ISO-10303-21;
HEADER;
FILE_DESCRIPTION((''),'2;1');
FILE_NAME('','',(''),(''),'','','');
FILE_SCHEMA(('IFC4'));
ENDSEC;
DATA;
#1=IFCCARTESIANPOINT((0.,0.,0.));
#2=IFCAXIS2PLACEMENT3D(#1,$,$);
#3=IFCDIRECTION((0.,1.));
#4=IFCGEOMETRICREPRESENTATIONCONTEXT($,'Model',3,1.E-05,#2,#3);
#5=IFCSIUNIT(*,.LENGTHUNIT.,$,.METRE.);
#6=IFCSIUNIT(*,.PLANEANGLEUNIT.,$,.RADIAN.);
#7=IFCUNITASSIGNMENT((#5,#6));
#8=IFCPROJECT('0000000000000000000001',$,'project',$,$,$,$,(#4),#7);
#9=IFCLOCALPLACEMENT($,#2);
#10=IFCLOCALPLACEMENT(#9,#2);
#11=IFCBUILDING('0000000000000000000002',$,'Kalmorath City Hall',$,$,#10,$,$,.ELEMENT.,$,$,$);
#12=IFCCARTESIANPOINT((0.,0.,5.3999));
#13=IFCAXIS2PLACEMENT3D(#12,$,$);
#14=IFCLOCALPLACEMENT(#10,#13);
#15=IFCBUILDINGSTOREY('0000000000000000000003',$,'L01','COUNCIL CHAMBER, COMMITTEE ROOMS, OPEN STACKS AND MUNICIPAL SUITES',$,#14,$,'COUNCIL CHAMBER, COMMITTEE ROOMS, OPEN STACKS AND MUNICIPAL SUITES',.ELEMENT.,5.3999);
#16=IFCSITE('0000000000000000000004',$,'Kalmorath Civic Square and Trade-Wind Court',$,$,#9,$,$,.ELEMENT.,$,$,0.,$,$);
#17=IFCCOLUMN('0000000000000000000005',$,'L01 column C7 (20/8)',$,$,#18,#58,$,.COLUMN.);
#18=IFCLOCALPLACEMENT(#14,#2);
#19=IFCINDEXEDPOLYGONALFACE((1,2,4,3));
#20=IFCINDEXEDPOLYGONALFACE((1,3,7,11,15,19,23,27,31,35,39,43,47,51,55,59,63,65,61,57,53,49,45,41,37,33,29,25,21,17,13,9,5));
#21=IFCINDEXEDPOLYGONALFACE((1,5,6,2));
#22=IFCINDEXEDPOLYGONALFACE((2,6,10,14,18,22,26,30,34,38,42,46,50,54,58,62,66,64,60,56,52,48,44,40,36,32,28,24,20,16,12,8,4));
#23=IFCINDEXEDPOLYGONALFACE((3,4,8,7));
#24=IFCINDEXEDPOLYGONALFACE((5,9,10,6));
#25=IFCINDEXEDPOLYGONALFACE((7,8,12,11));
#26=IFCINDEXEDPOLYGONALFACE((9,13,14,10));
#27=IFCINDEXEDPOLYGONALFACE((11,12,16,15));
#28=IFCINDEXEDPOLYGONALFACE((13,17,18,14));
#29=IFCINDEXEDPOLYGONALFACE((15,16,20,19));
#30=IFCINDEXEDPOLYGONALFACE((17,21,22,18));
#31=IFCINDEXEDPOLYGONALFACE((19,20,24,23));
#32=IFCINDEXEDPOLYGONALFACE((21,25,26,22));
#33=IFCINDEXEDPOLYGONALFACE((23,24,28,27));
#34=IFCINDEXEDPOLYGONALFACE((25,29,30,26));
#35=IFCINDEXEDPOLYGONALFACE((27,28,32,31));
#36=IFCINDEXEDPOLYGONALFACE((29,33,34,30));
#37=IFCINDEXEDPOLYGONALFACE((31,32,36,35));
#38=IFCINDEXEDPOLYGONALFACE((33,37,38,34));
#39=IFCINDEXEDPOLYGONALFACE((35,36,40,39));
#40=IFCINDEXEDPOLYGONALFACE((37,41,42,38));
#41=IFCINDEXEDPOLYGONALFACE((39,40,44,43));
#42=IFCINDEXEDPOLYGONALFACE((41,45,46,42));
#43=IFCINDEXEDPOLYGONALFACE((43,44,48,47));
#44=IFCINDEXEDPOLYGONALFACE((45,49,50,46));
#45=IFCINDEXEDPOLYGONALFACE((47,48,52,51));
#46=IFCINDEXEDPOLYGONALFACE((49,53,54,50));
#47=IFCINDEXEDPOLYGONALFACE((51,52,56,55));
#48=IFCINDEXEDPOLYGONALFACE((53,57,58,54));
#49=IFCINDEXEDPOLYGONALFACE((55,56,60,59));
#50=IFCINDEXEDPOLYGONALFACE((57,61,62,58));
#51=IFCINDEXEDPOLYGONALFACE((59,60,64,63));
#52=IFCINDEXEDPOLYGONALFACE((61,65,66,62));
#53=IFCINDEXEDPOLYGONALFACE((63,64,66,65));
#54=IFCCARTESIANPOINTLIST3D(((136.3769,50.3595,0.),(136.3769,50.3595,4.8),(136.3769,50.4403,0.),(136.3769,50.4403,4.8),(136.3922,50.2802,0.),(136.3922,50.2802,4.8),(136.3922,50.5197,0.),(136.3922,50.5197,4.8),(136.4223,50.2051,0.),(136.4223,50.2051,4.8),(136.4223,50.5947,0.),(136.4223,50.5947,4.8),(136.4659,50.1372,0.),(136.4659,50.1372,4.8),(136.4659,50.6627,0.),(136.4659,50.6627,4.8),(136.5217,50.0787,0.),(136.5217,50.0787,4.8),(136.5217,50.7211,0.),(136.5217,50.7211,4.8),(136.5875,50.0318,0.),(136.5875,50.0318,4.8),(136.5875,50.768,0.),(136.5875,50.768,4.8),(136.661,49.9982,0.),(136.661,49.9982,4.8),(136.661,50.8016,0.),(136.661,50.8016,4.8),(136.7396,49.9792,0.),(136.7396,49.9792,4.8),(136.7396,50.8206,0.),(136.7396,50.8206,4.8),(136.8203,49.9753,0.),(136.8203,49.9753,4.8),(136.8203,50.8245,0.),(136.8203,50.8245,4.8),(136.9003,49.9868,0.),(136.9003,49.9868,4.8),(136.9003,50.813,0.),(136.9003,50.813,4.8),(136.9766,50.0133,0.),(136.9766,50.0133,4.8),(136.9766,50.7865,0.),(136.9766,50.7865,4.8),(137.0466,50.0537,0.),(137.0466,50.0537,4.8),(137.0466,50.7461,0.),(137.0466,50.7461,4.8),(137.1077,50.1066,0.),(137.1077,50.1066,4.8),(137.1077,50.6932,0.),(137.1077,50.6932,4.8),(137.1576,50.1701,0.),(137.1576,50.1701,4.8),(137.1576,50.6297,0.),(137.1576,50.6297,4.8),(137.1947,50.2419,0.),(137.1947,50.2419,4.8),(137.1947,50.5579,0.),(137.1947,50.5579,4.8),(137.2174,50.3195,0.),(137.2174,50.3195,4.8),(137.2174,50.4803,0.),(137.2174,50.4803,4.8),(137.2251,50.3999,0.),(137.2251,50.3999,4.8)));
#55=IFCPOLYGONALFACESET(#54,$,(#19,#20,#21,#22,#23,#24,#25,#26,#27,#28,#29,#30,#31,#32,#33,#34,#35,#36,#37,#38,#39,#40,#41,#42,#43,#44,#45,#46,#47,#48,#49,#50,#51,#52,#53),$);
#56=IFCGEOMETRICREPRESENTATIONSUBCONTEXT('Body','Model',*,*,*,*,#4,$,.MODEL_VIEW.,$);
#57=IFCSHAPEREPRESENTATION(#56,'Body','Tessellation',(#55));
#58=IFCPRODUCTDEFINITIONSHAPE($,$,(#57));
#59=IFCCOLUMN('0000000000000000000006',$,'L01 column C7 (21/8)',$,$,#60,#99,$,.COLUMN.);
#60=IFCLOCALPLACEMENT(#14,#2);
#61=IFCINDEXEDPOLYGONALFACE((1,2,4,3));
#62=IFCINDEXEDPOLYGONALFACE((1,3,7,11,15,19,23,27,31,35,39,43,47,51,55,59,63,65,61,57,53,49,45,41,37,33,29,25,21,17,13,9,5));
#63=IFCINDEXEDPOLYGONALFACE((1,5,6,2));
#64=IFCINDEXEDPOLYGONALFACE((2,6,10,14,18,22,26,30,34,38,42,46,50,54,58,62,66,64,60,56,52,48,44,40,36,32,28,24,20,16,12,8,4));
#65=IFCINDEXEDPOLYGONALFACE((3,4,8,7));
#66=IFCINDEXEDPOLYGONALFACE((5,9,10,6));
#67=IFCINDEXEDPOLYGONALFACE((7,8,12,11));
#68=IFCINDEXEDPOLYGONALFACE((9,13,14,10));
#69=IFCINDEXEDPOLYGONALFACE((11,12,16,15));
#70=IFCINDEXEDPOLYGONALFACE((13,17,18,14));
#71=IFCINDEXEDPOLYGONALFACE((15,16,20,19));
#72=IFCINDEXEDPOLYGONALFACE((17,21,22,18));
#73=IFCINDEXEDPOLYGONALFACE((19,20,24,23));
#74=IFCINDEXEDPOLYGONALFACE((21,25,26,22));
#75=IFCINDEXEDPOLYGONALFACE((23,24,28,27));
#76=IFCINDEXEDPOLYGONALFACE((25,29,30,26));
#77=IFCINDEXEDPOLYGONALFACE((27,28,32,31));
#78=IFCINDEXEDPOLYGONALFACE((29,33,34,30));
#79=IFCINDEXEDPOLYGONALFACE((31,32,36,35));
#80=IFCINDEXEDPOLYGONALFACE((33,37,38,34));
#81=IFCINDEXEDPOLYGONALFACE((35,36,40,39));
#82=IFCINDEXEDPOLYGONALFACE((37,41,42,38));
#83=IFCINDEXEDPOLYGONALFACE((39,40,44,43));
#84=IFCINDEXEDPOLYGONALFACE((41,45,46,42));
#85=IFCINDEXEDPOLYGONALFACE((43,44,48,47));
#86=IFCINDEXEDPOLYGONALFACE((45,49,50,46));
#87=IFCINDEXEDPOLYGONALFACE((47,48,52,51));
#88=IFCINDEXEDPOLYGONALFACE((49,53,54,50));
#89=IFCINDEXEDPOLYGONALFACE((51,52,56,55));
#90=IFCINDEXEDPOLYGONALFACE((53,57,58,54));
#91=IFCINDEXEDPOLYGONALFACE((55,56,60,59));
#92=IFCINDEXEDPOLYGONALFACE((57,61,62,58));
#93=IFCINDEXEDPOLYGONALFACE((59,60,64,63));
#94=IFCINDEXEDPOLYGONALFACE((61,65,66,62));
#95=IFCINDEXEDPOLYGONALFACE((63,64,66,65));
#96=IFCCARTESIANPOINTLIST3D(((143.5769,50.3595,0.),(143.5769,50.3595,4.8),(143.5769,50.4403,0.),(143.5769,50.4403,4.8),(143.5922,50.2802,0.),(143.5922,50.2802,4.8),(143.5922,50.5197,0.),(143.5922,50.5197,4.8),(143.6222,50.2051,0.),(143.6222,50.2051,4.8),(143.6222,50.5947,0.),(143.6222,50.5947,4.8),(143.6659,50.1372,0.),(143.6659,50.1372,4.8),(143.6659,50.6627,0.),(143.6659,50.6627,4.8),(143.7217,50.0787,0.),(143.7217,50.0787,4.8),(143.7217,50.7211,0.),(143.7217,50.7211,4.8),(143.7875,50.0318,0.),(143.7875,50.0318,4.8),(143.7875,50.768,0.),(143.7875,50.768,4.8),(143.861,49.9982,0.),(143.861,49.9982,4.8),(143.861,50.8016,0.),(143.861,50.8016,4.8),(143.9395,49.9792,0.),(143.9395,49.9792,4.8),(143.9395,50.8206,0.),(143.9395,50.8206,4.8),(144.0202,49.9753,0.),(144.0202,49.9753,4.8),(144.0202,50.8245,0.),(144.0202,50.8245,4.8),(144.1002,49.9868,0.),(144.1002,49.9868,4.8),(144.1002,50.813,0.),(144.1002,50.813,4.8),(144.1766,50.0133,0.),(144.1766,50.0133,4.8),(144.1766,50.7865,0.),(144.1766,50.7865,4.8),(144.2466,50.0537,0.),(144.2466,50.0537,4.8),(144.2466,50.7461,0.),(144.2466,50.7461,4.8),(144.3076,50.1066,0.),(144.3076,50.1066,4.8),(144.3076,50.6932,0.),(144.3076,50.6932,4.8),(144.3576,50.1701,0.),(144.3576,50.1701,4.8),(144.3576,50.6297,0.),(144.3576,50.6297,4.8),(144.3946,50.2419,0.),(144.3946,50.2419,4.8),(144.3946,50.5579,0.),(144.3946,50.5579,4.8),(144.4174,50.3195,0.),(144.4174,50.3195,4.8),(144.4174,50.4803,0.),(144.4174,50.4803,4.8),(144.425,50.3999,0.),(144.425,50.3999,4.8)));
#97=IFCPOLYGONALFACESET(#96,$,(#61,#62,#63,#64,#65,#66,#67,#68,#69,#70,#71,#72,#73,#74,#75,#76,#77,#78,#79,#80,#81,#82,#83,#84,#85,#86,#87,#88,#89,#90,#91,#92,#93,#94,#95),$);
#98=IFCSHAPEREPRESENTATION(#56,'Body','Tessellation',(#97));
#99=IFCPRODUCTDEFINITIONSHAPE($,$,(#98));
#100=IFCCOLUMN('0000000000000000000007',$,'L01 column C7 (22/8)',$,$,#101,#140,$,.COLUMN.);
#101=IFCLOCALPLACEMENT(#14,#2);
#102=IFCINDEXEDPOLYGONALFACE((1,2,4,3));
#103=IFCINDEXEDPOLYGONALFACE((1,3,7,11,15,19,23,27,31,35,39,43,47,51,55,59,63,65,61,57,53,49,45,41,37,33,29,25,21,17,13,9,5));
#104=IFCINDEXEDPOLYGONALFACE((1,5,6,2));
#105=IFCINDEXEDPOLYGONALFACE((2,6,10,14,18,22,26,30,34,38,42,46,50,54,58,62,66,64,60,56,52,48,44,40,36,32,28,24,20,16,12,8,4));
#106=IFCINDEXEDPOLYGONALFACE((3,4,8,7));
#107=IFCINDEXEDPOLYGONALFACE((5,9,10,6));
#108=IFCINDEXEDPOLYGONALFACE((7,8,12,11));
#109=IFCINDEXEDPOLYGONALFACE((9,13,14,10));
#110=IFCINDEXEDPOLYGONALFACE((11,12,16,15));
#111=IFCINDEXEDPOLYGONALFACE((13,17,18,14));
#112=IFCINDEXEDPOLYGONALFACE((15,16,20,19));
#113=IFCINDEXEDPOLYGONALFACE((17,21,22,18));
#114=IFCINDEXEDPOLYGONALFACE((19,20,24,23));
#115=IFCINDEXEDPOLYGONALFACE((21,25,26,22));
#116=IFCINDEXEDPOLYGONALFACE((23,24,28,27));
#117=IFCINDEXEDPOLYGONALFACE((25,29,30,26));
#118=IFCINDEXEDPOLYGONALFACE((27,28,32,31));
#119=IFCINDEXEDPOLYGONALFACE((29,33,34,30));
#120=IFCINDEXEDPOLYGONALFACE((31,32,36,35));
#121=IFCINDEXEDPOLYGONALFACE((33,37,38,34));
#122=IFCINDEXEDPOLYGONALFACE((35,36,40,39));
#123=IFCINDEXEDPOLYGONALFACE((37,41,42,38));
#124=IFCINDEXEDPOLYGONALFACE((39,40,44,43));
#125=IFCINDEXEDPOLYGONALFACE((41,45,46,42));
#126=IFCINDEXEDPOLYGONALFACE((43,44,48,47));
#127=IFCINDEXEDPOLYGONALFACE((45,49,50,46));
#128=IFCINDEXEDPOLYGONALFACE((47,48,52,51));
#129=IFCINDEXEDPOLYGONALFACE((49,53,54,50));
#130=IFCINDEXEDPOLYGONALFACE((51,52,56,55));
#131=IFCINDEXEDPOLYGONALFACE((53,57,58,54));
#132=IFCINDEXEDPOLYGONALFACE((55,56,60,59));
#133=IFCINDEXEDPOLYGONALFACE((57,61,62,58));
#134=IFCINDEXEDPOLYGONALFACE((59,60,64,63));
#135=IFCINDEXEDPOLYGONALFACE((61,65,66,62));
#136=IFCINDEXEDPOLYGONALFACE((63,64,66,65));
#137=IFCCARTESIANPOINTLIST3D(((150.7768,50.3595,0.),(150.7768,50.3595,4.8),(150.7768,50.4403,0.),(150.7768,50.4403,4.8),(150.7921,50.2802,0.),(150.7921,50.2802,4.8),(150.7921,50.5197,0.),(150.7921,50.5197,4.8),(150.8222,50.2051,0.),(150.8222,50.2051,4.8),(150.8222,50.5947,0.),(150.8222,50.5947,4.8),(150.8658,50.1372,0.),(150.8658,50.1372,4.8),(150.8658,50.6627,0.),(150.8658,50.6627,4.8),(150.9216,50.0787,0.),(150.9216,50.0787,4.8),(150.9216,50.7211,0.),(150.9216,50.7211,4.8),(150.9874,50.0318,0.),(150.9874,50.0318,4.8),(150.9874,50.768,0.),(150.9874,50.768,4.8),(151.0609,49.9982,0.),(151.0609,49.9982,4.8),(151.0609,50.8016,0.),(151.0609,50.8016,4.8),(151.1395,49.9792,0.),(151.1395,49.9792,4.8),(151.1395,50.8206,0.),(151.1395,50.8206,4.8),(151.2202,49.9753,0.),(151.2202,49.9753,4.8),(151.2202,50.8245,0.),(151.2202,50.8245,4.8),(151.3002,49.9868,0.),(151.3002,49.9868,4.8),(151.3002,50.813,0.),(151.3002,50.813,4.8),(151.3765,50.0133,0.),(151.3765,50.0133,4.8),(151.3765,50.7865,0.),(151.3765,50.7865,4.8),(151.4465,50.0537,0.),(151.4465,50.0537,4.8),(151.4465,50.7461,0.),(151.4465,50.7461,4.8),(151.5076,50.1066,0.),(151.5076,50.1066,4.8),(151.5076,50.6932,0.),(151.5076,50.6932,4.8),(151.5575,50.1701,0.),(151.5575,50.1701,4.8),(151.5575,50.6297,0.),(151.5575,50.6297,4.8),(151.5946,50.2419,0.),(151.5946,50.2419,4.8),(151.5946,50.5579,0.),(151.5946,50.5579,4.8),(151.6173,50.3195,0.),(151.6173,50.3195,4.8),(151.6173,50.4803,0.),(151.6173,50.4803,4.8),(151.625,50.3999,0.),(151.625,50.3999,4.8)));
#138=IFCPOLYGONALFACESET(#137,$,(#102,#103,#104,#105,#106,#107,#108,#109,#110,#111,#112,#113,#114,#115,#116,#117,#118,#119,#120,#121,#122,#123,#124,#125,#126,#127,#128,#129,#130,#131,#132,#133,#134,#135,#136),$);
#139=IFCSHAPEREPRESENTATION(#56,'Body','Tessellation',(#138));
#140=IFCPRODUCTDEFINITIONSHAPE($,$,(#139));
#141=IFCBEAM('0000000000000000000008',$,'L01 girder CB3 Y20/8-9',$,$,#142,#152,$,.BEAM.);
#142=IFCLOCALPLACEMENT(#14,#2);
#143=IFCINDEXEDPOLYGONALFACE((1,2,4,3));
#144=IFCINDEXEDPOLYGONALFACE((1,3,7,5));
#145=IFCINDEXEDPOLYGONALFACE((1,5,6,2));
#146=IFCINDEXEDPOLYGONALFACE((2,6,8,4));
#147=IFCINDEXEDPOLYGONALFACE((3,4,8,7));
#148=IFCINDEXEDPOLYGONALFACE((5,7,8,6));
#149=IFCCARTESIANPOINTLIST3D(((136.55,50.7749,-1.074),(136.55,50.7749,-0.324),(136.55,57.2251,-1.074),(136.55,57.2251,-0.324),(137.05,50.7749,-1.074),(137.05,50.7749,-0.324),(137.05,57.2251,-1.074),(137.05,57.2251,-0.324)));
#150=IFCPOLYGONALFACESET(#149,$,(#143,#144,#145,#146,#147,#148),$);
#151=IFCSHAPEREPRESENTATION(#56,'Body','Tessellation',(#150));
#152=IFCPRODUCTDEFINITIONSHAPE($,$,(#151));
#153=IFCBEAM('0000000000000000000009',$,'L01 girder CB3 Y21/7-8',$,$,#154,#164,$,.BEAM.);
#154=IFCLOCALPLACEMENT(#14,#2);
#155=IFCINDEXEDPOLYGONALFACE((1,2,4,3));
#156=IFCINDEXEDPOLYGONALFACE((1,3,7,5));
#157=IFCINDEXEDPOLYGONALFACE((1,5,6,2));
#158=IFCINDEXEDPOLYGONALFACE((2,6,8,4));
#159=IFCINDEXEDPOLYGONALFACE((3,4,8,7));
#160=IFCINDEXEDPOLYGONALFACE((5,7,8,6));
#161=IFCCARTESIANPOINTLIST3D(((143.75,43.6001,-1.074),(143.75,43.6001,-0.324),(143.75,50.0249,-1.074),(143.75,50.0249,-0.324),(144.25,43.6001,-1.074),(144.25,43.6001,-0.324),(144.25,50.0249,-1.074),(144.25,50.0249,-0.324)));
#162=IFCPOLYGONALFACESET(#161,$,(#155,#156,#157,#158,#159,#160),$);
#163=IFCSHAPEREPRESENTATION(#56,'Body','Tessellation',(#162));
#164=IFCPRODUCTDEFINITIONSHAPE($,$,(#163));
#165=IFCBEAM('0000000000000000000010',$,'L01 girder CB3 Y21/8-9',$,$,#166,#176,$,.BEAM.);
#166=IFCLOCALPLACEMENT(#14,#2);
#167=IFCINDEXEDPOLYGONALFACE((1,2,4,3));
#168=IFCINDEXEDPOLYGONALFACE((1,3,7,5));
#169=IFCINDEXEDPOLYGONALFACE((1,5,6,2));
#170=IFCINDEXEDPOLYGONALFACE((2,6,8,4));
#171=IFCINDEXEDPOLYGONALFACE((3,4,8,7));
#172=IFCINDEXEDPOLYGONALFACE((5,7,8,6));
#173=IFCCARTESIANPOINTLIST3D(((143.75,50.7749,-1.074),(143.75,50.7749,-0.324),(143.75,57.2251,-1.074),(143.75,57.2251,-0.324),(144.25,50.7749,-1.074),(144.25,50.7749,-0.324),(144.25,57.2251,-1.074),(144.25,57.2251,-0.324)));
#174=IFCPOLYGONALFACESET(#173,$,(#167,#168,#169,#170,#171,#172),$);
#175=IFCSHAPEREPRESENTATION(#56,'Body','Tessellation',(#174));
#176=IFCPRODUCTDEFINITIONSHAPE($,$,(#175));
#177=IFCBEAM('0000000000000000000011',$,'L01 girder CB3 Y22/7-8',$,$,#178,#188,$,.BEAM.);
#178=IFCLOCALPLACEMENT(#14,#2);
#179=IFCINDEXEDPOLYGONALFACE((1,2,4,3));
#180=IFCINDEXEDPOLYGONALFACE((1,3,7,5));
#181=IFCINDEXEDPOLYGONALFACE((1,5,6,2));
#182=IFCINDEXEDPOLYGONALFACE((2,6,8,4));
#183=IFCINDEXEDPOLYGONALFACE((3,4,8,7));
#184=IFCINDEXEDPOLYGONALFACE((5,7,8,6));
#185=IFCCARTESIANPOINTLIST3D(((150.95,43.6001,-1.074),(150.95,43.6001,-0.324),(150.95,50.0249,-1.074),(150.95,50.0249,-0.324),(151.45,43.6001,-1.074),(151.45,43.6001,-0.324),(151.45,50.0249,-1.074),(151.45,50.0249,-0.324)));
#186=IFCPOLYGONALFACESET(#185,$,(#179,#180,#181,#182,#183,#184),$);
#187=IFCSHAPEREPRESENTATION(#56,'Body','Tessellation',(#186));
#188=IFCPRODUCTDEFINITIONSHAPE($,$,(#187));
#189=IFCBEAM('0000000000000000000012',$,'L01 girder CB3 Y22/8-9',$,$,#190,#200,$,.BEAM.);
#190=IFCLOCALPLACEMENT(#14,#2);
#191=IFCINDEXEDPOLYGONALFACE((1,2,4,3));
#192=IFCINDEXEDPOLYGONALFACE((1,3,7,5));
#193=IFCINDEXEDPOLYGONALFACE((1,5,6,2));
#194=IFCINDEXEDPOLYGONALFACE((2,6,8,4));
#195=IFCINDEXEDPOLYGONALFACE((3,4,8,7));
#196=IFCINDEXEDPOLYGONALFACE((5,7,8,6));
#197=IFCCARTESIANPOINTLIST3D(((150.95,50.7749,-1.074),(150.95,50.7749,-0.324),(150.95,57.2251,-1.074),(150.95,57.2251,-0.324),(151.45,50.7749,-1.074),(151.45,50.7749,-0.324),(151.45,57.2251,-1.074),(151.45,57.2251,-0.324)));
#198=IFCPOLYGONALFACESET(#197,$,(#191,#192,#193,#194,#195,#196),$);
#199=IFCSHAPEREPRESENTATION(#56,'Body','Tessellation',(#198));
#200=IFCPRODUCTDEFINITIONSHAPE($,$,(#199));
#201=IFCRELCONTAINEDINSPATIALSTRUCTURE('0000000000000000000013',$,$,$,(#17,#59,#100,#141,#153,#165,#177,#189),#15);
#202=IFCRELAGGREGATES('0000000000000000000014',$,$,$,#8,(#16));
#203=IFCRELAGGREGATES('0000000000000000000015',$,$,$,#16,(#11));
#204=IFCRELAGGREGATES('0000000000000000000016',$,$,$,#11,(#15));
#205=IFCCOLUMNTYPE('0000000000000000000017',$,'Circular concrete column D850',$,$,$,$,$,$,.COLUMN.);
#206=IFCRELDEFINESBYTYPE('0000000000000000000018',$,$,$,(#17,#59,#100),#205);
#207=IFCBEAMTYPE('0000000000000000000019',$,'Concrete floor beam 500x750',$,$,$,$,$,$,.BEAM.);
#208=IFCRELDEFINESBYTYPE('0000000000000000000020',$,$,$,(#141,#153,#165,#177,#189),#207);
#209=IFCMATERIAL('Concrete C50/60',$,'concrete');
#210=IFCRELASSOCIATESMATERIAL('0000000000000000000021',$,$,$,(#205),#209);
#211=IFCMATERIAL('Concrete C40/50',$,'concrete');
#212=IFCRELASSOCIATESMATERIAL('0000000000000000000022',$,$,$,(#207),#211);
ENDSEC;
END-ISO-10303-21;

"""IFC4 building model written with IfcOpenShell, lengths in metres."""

from ifc_helpers import new_model, si_unit, direction, frame, origin, origin_2d, place, context, subcontext, project, spatial, rectangle, circle, extrude, material, material_profile, profile_set, type_object, element, save


model = new_model("IFC4")

# Units and contexts
model_context = context("Model", 3, precision=1e-05, world=origin(), true_north=direction((0.0, 1.0)))
body_context = subcontext(model_context, "Body", "Model", "MODEL_VIEW")
ifc_project = project(units=[si_unit("LENGTHUNIT", "METRE"), si_unit("PLANEANGLEUNIT", "RADIAN")], contexts=[model_context])

# Site, building, storey
site_placement = place(None, origin())
site = spatial("IfcSite", under=ifc_project, at=site_placement, Name="Kalmorath Civic Square and Trade-Wind Court", CompositionType="ELEMENT", RefElevation=0.0)
building_placement = place(site_placement, origin())
building = spatial("IfcBuilding", under=site, at=building_placement, Name="Kalmorath City Hall", CompositionType="ELEMENT")
storey_placement = place(building_placement, frame((0.0, 0.0, 5.3999)))
storey = spatial("IfcBuildingStorey", under=building, at=storey_placement, Name="L01", Description="COUNCIL CHAMBER, COMMITTEE ROOMS, OPEN STACKS AND MUNICIPAL SUITES", LongName="COUNCIL CHAMBER, COMMITTEE ROOMS, OPEN STACKS AND MUNICIPAL SUITES", CompositionType="ELEMENT", Elevation=5.3999)

# Columns
ifc_material_1 = material(Name="Concrete C50/60", Category="concrete")
ifc_material_profile_1 = material_profile(ifc_material_1, circle(Radius=0.425, at=origin_2d()), Name="RC-COL-D850")
ifc_profile_set_1 = profile_set([ifc_material_profile_1], Name="Concrete C50/60")
column_type = type_object("IfcColumnType", Name="Circular concrete column D850", PredefinedType="COLUMN", material=ifc_profile_set_1)
for number, where, z_axis, x_axis, name in (
    (1, (136.8, 50.3999, 0.0), (0.0, 0.0, 1.0), (1.0, 0.0, 0.0), "L01 column C7 (20/8)"),
    (2, (144.0, 50.3999, 0.0), (0.0, 0.0, 1.0), (1.0, 0.0, 0.0), "L01 column C7 (21/8)"),
    (3, (151.2, 50.3999, 0.0), (0.0, 0.0, 1.0), (1.0, 0.0, 0.0), "L01 column C7 (22/8)"),
):
    element("IfcColumn", number, at=place(storey_placement, frame(where, z_axis=z_axis, x_axis=x_axis)), inside=storey, type_object=column_type, Name=name, PredefinedType="COLUMN", context=body_context, shape_type="SweptSolid", body=[
        extrude(circle(Radius=0.425, at=origin_2d()), origin(), (0.0, 0.0, 1.0), 4.8),
    ])

# Beams
ifc_material_2 = material(Name="Concrete C40/50", Category="concrete")
ifc_material_profile_2 = material_profile(ifc_material_2, rectangle(XDim=0.5, YDim=0.75, at=origin_2d()), Name="RC-BM-500X750")
ifc_profile_set_2 = profile_set([ifc_material_profile_2], Name="Concrete C40/50")
beam_type_1 = type_object("IfcBeamType", Name="Concrete floor beam 500x750", PredefinedType="BEAM", material=ifc_profile_set_2)
beam_1_placement = place(storey_placement, frame((136.8, 50.7749, -0.699), z_axis=(0.0, 1.0, 0.0), x_axis=(-1.0, 0.0, 0.0)))
element("IfcBeam", 4, at=beam_1_placement, inside=storey, type_object=beam_type_1, Name="L01 girder CB3 Y20/8-9", PredefinedType="BEAM", context=body_context, shape_type="SweptSolid", body=[
    extrude(rectangle(XDim=0.5, YDim=0.75, at=origin_2d()), origin(), (0.0, 0.0, 1.0), 6.4502),
])
beam_2_placement = place(storey_placement, frame((144.0, 43.6001, -0.699), z_axis=(0.0, 1.0, 0.0), x_axis=(-1.0, 0.0, 0.0)))
element("IfcBeam", 5, at=beam_2_placement, inside=storey, type_object=beam_type_1, Name="L01 girder CB3 Y21/7-8", PredefinedType="BEAM", context=body_context, shape_type="SweptSolid", body=[
    extrude(rectangle(XDim=0.5, YDim=0.75, at=origin_2d()), origin(), (0.0, 0.0, 1.0), 6.4248),
])
beam_3_placement = place(storey_placement, frame((144.0, 50.7749, -0.699), z_axis=(0.0, 1.0, 0.0), x_axis=(-1.0, 0.0, 0.0)))
element("IfcBeam", 6, at=beam_3_placement, inside=storey, type_object=beam_type_1, Name="L01 girder CB3 Y21/8-9", PredefinedType="BEAM", context=body_context, shape_type="SweptSolid", body=[
    extrude(rectangle(XDim=0.5, YDim=0.75, at=origin_2d()), origin(), (0.0, 0.0, 1.0), 6.4502),
])
beam_4_placement = place(storey_placement, frame((151.2, 43.6001, -0.699), z_axis=(0.0, 1.0, 0.0), x_axis=(-1.0, 0.0, 0.0)))
element("IfcBeam", 7, at=beam_4_placement, inside=storey, type_object=beam_type_1, Name="L01 girder CB3 Y22/7-8", PredefinedType="BEAM", context=body_context, shape_type="SweptSolid", body=[
    extrude(rectangle(XDim=0.5, YDim=0.75, at=origin_2d()), origin(), (0.0, 0.0, 1.0), 6.4248),
])
beam_5_placement = place(storey_placement, frame((151.2, 50.7749, -0.699), z_axis=(0.0, 1.0, 0.0), x_axis=(-1.0, 0.0, 0.0)))
element("IfcBeam", 8, at=beam_5_placement, inside=storey, type_object=beam_type_1, Name="L01 girder CB3 Y22/8-9", PredefinedType="BEAM", context=body_context, shape_type="SweptSolid", body=[
    extrude(rectangle(XDim=0.5, YDim=0.75, at=origin_2d()), origin(), (0.0, 0.0, 1.0), 6.4502),
])

save(model, "model.ifc")
